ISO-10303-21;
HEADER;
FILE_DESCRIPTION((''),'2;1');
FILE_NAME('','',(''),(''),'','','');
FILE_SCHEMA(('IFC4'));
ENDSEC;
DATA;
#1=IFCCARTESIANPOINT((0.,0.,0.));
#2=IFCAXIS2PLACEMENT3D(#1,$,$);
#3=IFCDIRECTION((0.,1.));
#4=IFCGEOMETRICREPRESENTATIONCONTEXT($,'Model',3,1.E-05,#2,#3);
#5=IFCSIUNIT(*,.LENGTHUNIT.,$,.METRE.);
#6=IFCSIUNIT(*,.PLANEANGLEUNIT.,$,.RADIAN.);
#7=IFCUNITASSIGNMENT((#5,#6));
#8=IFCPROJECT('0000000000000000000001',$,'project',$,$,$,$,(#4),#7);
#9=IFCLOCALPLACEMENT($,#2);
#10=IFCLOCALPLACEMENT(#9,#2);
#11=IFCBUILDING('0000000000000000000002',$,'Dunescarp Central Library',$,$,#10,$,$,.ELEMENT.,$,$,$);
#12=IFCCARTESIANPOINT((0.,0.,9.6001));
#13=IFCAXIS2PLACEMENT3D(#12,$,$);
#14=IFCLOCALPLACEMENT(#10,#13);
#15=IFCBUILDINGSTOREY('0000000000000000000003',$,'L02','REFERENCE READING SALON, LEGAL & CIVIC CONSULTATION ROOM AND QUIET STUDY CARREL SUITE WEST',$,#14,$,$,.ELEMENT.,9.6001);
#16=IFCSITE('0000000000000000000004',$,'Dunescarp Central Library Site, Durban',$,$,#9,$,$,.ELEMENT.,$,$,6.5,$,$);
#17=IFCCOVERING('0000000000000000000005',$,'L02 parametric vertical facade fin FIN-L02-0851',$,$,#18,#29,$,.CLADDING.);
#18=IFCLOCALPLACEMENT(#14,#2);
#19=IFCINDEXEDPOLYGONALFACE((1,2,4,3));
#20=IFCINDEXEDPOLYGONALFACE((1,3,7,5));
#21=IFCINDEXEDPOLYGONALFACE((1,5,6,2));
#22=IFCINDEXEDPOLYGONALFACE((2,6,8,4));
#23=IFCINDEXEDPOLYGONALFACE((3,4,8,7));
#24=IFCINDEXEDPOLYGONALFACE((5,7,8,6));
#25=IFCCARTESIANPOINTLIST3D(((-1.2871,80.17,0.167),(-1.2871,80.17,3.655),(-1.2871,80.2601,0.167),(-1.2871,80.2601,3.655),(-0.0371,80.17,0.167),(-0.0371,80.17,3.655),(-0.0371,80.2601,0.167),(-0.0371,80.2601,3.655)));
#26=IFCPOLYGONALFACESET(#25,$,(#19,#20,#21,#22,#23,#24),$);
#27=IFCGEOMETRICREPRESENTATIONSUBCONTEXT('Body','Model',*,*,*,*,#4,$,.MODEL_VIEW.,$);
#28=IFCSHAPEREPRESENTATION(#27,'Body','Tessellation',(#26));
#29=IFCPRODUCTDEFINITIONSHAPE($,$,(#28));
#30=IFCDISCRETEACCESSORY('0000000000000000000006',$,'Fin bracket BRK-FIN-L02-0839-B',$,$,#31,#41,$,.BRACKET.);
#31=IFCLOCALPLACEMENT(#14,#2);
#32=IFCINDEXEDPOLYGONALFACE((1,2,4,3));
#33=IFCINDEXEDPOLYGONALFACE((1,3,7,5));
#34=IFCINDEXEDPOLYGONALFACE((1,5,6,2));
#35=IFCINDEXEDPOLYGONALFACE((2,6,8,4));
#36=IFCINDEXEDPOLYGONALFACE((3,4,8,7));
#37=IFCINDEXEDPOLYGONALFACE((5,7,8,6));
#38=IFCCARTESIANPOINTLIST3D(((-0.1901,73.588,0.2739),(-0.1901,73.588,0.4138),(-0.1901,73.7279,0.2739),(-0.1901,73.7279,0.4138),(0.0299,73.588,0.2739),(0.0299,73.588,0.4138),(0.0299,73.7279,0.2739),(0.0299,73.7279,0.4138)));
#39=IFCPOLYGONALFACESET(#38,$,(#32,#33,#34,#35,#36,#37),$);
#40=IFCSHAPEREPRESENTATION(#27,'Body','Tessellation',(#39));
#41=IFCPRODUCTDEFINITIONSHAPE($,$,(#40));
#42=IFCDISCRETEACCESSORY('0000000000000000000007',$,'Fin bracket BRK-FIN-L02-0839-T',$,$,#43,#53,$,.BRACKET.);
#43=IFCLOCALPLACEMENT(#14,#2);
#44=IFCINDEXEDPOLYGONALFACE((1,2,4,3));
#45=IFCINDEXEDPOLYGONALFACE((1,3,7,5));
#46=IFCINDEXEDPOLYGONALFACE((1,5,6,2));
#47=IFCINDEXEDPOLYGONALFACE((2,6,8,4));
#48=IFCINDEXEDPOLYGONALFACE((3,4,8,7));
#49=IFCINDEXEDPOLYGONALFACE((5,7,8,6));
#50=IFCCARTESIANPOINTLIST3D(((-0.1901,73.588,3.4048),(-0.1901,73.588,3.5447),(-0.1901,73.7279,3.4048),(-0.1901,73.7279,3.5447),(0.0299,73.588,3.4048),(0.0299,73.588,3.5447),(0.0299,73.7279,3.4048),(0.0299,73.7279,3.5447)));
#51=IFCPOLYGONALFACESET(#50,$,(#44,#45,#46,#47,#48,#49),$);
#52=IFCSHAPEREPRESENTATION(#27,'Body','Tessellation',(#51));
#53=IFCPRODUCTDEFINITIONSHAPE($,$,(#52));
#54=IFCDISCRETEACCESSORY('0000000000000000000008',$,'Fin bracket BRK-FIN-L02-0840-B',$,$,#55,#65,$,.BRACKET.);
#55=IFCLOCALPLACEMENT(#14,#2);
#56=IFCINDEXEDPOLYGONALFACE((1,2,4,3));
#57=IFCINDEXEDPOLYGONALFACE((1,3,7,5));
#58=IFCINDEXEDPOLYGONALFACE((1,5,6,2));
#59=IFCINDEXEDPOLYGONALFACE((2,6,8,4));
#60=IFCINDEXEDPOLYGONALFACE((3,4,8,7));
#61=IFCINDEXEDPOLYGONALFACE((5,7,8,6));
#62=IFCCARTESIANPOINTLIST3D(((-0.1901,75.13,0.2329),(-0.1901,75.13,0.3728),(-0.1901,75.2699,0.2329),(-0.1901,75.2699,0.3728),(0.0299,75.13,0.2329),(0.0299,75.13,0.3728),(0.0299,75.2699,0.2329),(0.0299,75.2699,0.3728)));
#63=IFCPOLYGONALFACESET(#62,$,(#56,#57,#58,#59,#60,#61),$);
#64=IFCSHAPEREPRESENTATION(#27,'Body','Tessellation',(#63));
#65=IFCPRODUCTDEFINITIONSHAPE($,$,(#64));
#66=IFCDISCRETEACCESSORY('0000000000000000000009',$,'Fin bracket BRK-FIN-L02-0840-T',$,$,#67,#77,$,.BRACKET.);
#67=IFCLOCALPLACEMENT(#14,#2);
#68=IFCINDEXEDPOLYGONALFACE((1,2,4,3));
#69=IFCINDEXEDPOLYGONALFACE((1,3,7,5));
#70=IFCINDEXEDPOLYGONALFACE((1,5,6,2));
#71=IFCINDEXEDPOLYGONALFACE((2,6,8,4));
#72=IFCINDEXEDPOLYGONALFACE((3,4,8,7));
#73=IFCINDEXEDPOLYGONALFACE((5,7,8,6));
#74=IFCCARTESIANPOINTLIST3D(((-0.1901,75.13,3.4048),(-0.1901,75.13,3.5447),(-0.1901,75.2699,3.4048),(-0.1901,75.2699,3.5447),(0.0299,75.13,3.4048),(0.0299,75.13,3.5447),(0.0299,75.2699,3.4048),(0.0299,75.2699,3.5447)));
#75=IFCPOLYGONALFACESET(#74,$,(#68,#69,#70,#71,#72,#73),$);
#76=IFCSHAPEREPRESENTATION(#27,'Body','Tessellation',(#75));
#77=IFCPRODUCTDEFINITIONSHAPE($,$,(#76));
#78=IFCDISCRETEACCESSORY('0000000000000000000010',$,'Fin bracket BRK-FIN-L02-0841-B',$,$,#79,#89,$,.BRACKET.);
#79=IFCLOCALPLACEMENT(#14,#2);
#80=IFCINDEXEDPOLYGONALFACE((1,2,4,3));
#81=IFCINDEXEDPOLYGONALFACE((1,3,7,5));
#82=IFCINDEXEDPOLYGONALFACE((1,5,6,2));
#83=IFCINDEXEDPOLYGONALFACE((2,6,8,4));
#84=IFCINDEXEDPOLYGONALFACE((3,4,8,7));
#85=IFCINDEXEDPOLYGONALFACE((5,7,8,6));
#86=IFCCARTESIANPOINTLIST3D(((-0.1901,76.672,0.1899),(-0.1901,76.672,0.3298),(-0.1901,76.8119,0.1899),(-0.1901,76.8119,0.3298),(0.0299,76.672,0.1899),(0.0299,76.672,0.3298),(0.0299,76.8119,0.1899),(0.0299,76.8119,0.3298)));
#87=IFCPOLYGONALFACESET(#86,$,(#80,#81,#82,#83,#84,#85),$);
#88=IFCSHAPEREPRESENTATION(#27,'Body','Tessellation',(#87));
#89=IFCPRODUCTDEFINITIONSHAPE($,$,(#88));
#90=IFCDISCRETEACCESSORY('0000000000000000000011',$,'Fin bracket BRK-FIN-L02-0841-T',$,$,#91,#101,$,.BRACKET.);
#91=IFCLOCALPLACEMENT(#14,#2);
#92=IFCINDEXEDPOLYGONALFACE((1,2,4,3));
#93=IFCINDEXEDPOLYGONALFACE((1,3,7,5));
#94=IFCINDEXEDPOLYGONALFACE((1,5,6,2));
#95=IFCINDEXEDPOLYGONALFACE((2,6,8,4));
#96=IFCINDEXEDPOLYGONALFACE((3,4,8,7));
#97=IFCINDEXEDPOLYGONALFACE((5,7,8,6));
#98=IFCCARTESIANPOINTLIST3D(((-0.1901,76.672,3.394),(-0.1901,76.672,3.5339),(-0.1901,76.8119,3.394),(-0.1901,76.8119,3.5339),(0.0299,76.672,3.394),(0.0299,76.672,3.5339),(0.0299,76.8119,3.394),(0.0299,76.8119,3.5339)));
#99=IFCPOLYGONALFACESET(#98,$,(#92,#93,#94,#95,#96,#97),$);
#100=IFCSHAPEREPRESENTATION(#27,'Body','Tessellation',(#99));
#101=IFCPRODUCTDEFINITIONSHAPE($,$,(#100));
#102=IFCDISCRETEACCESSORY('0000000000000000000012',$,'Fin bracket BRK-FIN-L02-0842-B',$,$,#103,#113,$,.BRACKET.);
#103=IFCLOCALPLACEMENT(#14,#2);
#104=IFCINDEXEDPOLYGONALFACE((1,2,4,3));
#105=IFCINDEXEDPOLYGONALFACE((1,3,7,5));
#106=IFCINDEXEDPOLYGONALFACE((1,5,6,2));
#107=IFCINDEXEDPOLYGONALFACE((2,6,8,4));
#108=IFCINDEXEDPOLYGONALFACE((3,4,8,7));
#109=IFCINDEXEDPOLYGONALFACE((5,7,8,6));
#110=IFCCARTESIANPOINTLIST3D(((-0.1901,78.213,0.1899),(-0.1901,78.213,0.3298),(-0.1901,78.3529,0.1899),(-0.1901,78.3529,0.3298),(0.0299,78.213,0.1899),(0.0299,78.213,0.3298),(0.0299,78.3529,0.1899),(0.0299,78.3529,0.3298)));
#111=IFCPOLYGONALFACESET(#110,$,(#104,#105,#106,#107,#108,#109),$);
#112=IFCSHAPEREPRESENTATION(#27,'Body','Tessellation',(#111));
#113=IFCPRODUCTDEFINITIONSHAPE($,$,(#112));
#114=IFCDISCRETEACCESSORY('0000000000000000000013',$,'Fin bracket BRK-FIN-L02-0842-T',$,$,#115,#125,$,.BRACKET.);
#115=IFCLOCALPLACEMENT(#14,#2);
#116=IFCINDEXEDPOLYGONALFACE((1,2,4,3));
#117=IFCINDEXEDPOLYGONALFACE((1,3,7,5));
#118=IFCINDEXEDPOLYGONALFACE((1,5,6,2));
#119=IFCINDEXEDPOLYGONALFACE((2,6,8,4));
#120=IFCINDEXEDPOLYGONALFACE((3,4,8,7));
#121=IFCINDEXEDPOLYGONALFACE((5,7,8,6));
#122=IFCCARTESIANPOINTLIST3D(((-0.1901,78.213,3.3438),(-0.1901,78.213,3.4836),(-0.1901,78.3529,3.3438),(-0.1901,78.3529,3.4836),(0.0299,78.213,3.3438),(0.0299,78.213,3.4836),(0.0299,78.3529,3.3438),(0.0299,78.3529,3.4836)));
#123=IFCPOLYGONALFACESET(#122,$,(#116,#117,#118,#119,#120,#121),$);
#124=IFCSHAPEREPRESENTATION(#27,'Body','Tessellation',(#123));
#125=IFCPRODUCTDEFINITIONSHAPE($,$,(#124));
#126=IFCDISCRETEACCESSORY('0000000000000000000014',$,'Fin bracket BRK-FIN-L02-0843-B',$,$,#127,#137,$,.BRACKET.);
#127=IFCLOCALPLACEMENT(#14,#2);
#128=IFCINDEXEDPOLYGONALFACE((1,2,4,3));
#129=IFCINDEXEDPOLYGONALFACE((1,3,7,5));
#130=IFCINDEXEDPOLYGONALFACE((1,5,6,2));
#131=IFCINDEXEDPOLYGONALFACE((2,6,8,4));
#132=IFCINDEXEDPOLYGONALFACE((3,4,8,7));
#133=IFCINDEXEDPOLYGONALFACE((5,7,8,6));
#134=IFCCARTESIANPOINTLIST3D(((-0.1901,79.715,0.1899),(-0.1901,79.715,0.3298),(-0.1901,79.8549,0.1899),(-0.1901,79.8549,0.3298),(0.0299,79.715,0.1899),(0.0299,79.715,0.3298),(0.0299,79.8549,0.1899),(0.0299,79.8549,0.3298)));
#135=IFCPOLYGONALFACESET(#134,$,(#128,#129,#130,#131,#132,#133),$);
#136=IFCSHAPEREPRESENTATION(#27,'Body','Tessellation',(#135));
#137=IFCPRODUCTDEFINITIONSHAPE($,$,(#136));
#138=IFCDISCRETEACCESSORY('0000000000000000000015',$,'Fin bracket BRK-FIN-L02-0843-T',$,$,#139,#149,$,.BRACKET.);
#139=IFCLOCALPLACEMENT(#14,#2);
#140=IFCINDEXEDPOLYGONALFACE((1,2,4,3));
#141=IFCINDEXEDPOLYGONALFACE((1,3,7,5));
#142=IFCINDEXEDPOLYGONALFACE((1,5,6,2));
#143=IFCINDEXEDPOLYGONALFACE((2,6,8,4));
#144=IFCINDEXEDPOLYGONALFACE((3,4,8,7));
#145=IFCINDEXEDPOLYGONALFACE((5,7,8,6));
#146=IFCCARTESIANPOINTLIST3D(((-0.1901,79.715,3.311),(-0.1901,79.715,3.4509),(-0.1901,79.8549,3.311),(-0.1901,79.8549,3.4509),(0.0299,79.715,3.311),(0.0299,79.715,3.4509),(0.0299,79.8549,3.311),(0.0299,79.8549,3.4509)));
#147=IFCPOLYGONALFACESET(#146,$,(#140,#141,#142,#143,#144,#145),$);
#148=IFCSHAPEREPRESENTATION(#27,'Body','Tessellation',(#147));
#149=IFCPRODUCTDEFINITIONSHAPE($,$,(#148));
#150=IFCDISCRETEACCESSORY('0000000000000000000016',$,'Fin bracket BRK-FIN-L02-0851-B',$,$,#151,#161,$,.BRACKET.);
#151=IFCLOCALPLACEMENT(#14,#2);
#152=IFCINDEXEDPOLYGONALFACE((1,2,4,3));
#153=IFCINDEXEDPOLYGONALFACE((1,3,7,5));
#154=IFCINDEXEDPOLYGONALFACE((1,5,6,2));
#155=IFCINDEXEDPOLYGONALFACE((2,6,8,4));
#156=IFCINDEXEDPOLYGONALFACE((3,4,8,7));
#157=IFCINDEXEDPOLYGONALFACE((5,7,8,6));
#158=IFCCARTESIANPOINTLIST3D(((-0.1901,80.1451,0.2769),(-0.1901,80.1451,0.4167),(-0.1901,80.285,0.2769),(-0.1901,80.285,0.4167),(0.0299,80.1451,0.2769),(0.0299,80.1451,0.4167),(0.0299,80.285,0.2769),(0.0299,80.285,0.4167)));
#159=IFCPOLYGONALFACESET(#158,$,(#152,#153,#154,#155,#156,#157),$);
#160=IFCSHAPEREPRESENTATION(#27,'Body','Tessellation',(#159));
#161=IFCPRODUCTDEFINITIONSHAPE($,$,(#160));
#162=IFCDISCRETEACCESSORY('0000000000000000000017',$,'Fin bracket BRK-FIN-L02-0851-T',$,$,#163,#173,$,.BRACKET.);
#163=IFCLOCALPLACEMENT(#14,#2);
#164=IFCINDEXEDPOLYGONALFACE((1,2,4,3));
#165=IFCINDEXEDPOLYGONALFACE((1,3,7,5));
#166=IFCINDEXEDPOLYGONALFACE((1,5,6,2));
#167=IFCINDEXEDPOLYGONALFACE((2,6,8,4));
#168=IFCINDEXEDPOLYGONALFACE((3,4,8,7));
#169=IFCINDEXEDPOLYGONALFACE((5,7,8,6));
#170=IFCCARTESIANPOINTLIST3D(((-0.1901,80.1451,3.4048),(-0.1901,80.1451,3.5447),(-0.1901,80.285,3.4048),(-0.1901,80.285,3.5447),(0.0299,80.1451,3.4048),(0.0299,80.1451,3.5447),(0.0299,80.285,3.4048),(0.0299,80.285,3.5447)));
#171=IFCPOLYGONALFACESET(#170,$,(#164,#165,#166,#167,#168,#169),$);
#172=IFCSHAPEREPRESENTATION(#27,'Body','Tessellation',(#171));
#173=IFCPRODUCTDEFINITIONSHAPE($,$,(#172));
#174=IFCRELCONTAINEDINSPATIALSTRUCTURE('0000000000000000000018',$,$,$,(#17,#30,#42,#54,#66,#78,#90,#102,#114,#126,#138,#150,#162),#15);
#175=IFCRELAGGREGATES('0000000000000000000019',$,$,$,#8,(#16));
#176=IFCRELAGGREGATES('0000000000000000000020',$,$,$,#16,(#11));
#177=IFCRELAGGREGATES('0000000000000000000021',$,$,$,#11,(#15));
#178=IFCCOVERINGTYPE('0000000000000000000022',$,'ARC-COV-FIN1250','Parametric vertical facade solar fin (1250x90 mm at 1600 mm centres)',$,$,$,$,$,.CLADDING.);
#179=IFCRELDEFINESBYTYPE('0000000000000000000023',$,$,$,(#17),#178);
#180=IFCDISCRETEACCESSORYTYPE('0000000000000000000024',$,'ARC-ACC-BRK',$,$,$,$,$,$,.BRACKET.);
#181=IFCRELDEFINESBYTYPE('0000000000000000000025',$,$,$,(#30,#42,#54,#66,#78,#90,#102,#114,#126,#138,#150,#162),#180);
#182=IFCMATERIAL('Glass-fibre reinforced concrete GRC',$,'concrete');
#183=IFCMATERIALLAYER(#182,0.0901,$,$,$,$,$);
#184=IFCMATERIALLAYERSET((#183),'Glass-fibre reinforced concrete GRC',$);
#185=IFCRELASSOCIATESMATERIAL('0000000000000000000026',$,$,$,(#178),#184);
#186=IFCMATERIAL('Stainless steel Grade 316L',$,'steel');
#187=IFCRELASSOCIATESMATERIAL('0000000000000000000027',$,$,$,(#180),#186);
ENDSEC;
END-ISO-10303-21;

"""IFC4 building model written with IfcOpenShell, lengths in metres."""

from ifc_helpers import new_model, si_unit, direction, frame, origin, origin_2d, place, context, subcontext, project, spatial, rectangle, extrude, material, layer, layer_set, type_object, element, save


model = new_model("IFC4")

# Units and contexts
model_context = context("Model", 3, precision=1e-05, world=origin(), true_north=direction((0.0, 1.0)))
body_context = subcontext(model_context, "Body", "Model", "MODEL_VIEW")
ifc_project = project(units=[si_unit("LENGTHUNIT", "METRE"), si_unit("PLANEANGLEUNIT", "RADIAN")], contexts=[model_context])

# Site, building, storey
site_placement = place(None, origin())
site = spatial("IfcSite", under=ifc_project, at=site_placement, Name="Dunescarp Central Library Site, Durban", CompositionType="ELEMENT", RefElevation=6.5)
building_placement = place(site_placement, origin())
building = spatial("IfcBuilding", under=site, at=building_placement, Name="Dunescarp Central Library", CompositionType="ELEMENT")
storey_placement = place(building_placement, frame((0.0, 0.0, 9.6001)))
storey = spatial("IfcBuildingStorey", under=building, at=storey_placement, Name="L02", Description="REFERENCE READING SALON, LEGAL & CIVIC CONSULTATION ROOM AND QUIET STUDY CARREL SUITE WEST", CompositionType="ELEMENT", Elevation=9.6001)

# Covering
ifc_material_1 = material(Name="Glass-fibre reinforced concrete GRC", Category="concrete")
ifc_layer_1 = layer(ifc_material_1, 0.0901)
ifc_layer_set_1 = layer_set([ifc_layer_1], Name="Glass-fibre reinforced concrete GRC")
covering_type = type_object("IfcCoveringType", Name="ARC-COV-FIN1250", Description="Parametric vertical facade solar fin (1250x90 mm at 1600 mm centres)", PredefinedType="CLADDING", material=ifc_layer_set_1)
covering_1_placement = place(storey_placement, frame((-0.6621, 80.2151, 0.167), z_axis=(0.0, 0.0, 1.0), x_axis=(-1.0, 0.0, 0.0)))
element("IfcCovering", 1, at=covering_1_placement, inside=storey, type_object=covering_type, Name="L02 parametric vertical facade fin FIN-L02-0851", PredefinedType="CLADDING", context=body_context, shape_type="SweptSolid", body=[
    extrude(rectangle(XDim=1.25, YDim=0.0901, at=origin_2d()), origin(), (0.0, 0.0, 1.0), 3.488),
])

# Discrete accessories
ifc_material_2 = material(Name="Stainless steel Grade 316L", Category="steel")
discrete_accessory_type = type_object("IfcDiscreteAccessoryType", Name="ARC-ACC-BRK", PredefinedType="BRACKET", material=ifc_material_2)
for number, where, z_axis, x_axis, name in (
    (2, (-0.0801, 73.658, 0.2739), (0.0, 0.0, 1.0), (-1.0, 0.0, 0.0), "Fin bracket BRK-FIN-L02-0839-B"),
    (3, (-0.0801, 73.658, 3.4048), (0.0, 0.0, 1.0), (-1.0, 0.0, 0.0), "Fin bracket BRK-FIN-L02-0839-T"),
    (4, (-0.0801, 75.2, 0.2329), (0.0, 0.0, 1.0), (-1.0, 0.0, 0.0), "Fin bracket BRK-FIN-L02-0840-B"),
    (5, (-0.0801, 75.2, 3.4048), (0.0, 0.0, 1.0), (-1.0, 0.0, 0.0), "Fin bracket BRK-FIN-L02-0840-T"),
    (6, (-0.0801, 76.7419, 0.1899), (0.0, 0.0, 1.0), (-1.0, 0.0, 0.0), "Fin bracket BRK-FIN-L02-0841-B"),
    (7, (-0.0801, 76.7419, 3.394), (0.0, 0.0, 1.0), (-1.0, 0.0, 0.0), "Fin bracket BRK-FIN-L02-0841-T"),
    (8, (-0.0801, 78.283, 0.1899), (0.0, 0.0, 1.0), (-1.0, 0.0, 0.0), "Fin bracket BRK-FIN-L02-0842-B"),
    (9, (-0.0801, 78.283, 3.3438), (0.0, 0.0, 1.0), (-1.0, 0.0, 0.0), "Fin bracket BRK-FIN-L02-0842-T"),
    (10, (-0.0801, 79.7849, 0.1899), (0.0, 0.0, 1.0), (-1.0, 0.0, 0.0), "Fin bracket BRK-FIN-L02-0843-B"),
    (11, (-0.0801, 79.7849, 3.311), (0.0, 0.0, 1.0), (-1.0, 0.0, 0.0), "Fin bracket BRK-FIN-L02-0843-T"),
    (12, (-0.0801, 80.2151, 0.2769), (0.0, 0.0, 1.0), (-1.0, 0.0, 0.0), "Fin bracket BRK-FIN-L02-0851-B"),
    (13, (-0.0801, 80.2151, 3.4048), (0.0, 0.0, 1.0), (-1.0, 0.0, 0.0), "Fin bracket BRK-FIN-L02-0851-T"),
):
    element("IfcDiscreteAccessory", number, at=place(storey_placement, frame(where, z_axis=z_axis, x_axis=x_axis)), inside=storey, type_object=discrete_accessory_type, Name=name, PredefinedType="BRACKET", context=body_context, shape_type="SweptSolid", body=[
        extrude(rectangle(XDim=0.22, YDim=0.1399, at=origin_2d()), origin(), (0.0, 0.0, 1.0), 0.1399),
    ])

save(model, "model.ifc")
